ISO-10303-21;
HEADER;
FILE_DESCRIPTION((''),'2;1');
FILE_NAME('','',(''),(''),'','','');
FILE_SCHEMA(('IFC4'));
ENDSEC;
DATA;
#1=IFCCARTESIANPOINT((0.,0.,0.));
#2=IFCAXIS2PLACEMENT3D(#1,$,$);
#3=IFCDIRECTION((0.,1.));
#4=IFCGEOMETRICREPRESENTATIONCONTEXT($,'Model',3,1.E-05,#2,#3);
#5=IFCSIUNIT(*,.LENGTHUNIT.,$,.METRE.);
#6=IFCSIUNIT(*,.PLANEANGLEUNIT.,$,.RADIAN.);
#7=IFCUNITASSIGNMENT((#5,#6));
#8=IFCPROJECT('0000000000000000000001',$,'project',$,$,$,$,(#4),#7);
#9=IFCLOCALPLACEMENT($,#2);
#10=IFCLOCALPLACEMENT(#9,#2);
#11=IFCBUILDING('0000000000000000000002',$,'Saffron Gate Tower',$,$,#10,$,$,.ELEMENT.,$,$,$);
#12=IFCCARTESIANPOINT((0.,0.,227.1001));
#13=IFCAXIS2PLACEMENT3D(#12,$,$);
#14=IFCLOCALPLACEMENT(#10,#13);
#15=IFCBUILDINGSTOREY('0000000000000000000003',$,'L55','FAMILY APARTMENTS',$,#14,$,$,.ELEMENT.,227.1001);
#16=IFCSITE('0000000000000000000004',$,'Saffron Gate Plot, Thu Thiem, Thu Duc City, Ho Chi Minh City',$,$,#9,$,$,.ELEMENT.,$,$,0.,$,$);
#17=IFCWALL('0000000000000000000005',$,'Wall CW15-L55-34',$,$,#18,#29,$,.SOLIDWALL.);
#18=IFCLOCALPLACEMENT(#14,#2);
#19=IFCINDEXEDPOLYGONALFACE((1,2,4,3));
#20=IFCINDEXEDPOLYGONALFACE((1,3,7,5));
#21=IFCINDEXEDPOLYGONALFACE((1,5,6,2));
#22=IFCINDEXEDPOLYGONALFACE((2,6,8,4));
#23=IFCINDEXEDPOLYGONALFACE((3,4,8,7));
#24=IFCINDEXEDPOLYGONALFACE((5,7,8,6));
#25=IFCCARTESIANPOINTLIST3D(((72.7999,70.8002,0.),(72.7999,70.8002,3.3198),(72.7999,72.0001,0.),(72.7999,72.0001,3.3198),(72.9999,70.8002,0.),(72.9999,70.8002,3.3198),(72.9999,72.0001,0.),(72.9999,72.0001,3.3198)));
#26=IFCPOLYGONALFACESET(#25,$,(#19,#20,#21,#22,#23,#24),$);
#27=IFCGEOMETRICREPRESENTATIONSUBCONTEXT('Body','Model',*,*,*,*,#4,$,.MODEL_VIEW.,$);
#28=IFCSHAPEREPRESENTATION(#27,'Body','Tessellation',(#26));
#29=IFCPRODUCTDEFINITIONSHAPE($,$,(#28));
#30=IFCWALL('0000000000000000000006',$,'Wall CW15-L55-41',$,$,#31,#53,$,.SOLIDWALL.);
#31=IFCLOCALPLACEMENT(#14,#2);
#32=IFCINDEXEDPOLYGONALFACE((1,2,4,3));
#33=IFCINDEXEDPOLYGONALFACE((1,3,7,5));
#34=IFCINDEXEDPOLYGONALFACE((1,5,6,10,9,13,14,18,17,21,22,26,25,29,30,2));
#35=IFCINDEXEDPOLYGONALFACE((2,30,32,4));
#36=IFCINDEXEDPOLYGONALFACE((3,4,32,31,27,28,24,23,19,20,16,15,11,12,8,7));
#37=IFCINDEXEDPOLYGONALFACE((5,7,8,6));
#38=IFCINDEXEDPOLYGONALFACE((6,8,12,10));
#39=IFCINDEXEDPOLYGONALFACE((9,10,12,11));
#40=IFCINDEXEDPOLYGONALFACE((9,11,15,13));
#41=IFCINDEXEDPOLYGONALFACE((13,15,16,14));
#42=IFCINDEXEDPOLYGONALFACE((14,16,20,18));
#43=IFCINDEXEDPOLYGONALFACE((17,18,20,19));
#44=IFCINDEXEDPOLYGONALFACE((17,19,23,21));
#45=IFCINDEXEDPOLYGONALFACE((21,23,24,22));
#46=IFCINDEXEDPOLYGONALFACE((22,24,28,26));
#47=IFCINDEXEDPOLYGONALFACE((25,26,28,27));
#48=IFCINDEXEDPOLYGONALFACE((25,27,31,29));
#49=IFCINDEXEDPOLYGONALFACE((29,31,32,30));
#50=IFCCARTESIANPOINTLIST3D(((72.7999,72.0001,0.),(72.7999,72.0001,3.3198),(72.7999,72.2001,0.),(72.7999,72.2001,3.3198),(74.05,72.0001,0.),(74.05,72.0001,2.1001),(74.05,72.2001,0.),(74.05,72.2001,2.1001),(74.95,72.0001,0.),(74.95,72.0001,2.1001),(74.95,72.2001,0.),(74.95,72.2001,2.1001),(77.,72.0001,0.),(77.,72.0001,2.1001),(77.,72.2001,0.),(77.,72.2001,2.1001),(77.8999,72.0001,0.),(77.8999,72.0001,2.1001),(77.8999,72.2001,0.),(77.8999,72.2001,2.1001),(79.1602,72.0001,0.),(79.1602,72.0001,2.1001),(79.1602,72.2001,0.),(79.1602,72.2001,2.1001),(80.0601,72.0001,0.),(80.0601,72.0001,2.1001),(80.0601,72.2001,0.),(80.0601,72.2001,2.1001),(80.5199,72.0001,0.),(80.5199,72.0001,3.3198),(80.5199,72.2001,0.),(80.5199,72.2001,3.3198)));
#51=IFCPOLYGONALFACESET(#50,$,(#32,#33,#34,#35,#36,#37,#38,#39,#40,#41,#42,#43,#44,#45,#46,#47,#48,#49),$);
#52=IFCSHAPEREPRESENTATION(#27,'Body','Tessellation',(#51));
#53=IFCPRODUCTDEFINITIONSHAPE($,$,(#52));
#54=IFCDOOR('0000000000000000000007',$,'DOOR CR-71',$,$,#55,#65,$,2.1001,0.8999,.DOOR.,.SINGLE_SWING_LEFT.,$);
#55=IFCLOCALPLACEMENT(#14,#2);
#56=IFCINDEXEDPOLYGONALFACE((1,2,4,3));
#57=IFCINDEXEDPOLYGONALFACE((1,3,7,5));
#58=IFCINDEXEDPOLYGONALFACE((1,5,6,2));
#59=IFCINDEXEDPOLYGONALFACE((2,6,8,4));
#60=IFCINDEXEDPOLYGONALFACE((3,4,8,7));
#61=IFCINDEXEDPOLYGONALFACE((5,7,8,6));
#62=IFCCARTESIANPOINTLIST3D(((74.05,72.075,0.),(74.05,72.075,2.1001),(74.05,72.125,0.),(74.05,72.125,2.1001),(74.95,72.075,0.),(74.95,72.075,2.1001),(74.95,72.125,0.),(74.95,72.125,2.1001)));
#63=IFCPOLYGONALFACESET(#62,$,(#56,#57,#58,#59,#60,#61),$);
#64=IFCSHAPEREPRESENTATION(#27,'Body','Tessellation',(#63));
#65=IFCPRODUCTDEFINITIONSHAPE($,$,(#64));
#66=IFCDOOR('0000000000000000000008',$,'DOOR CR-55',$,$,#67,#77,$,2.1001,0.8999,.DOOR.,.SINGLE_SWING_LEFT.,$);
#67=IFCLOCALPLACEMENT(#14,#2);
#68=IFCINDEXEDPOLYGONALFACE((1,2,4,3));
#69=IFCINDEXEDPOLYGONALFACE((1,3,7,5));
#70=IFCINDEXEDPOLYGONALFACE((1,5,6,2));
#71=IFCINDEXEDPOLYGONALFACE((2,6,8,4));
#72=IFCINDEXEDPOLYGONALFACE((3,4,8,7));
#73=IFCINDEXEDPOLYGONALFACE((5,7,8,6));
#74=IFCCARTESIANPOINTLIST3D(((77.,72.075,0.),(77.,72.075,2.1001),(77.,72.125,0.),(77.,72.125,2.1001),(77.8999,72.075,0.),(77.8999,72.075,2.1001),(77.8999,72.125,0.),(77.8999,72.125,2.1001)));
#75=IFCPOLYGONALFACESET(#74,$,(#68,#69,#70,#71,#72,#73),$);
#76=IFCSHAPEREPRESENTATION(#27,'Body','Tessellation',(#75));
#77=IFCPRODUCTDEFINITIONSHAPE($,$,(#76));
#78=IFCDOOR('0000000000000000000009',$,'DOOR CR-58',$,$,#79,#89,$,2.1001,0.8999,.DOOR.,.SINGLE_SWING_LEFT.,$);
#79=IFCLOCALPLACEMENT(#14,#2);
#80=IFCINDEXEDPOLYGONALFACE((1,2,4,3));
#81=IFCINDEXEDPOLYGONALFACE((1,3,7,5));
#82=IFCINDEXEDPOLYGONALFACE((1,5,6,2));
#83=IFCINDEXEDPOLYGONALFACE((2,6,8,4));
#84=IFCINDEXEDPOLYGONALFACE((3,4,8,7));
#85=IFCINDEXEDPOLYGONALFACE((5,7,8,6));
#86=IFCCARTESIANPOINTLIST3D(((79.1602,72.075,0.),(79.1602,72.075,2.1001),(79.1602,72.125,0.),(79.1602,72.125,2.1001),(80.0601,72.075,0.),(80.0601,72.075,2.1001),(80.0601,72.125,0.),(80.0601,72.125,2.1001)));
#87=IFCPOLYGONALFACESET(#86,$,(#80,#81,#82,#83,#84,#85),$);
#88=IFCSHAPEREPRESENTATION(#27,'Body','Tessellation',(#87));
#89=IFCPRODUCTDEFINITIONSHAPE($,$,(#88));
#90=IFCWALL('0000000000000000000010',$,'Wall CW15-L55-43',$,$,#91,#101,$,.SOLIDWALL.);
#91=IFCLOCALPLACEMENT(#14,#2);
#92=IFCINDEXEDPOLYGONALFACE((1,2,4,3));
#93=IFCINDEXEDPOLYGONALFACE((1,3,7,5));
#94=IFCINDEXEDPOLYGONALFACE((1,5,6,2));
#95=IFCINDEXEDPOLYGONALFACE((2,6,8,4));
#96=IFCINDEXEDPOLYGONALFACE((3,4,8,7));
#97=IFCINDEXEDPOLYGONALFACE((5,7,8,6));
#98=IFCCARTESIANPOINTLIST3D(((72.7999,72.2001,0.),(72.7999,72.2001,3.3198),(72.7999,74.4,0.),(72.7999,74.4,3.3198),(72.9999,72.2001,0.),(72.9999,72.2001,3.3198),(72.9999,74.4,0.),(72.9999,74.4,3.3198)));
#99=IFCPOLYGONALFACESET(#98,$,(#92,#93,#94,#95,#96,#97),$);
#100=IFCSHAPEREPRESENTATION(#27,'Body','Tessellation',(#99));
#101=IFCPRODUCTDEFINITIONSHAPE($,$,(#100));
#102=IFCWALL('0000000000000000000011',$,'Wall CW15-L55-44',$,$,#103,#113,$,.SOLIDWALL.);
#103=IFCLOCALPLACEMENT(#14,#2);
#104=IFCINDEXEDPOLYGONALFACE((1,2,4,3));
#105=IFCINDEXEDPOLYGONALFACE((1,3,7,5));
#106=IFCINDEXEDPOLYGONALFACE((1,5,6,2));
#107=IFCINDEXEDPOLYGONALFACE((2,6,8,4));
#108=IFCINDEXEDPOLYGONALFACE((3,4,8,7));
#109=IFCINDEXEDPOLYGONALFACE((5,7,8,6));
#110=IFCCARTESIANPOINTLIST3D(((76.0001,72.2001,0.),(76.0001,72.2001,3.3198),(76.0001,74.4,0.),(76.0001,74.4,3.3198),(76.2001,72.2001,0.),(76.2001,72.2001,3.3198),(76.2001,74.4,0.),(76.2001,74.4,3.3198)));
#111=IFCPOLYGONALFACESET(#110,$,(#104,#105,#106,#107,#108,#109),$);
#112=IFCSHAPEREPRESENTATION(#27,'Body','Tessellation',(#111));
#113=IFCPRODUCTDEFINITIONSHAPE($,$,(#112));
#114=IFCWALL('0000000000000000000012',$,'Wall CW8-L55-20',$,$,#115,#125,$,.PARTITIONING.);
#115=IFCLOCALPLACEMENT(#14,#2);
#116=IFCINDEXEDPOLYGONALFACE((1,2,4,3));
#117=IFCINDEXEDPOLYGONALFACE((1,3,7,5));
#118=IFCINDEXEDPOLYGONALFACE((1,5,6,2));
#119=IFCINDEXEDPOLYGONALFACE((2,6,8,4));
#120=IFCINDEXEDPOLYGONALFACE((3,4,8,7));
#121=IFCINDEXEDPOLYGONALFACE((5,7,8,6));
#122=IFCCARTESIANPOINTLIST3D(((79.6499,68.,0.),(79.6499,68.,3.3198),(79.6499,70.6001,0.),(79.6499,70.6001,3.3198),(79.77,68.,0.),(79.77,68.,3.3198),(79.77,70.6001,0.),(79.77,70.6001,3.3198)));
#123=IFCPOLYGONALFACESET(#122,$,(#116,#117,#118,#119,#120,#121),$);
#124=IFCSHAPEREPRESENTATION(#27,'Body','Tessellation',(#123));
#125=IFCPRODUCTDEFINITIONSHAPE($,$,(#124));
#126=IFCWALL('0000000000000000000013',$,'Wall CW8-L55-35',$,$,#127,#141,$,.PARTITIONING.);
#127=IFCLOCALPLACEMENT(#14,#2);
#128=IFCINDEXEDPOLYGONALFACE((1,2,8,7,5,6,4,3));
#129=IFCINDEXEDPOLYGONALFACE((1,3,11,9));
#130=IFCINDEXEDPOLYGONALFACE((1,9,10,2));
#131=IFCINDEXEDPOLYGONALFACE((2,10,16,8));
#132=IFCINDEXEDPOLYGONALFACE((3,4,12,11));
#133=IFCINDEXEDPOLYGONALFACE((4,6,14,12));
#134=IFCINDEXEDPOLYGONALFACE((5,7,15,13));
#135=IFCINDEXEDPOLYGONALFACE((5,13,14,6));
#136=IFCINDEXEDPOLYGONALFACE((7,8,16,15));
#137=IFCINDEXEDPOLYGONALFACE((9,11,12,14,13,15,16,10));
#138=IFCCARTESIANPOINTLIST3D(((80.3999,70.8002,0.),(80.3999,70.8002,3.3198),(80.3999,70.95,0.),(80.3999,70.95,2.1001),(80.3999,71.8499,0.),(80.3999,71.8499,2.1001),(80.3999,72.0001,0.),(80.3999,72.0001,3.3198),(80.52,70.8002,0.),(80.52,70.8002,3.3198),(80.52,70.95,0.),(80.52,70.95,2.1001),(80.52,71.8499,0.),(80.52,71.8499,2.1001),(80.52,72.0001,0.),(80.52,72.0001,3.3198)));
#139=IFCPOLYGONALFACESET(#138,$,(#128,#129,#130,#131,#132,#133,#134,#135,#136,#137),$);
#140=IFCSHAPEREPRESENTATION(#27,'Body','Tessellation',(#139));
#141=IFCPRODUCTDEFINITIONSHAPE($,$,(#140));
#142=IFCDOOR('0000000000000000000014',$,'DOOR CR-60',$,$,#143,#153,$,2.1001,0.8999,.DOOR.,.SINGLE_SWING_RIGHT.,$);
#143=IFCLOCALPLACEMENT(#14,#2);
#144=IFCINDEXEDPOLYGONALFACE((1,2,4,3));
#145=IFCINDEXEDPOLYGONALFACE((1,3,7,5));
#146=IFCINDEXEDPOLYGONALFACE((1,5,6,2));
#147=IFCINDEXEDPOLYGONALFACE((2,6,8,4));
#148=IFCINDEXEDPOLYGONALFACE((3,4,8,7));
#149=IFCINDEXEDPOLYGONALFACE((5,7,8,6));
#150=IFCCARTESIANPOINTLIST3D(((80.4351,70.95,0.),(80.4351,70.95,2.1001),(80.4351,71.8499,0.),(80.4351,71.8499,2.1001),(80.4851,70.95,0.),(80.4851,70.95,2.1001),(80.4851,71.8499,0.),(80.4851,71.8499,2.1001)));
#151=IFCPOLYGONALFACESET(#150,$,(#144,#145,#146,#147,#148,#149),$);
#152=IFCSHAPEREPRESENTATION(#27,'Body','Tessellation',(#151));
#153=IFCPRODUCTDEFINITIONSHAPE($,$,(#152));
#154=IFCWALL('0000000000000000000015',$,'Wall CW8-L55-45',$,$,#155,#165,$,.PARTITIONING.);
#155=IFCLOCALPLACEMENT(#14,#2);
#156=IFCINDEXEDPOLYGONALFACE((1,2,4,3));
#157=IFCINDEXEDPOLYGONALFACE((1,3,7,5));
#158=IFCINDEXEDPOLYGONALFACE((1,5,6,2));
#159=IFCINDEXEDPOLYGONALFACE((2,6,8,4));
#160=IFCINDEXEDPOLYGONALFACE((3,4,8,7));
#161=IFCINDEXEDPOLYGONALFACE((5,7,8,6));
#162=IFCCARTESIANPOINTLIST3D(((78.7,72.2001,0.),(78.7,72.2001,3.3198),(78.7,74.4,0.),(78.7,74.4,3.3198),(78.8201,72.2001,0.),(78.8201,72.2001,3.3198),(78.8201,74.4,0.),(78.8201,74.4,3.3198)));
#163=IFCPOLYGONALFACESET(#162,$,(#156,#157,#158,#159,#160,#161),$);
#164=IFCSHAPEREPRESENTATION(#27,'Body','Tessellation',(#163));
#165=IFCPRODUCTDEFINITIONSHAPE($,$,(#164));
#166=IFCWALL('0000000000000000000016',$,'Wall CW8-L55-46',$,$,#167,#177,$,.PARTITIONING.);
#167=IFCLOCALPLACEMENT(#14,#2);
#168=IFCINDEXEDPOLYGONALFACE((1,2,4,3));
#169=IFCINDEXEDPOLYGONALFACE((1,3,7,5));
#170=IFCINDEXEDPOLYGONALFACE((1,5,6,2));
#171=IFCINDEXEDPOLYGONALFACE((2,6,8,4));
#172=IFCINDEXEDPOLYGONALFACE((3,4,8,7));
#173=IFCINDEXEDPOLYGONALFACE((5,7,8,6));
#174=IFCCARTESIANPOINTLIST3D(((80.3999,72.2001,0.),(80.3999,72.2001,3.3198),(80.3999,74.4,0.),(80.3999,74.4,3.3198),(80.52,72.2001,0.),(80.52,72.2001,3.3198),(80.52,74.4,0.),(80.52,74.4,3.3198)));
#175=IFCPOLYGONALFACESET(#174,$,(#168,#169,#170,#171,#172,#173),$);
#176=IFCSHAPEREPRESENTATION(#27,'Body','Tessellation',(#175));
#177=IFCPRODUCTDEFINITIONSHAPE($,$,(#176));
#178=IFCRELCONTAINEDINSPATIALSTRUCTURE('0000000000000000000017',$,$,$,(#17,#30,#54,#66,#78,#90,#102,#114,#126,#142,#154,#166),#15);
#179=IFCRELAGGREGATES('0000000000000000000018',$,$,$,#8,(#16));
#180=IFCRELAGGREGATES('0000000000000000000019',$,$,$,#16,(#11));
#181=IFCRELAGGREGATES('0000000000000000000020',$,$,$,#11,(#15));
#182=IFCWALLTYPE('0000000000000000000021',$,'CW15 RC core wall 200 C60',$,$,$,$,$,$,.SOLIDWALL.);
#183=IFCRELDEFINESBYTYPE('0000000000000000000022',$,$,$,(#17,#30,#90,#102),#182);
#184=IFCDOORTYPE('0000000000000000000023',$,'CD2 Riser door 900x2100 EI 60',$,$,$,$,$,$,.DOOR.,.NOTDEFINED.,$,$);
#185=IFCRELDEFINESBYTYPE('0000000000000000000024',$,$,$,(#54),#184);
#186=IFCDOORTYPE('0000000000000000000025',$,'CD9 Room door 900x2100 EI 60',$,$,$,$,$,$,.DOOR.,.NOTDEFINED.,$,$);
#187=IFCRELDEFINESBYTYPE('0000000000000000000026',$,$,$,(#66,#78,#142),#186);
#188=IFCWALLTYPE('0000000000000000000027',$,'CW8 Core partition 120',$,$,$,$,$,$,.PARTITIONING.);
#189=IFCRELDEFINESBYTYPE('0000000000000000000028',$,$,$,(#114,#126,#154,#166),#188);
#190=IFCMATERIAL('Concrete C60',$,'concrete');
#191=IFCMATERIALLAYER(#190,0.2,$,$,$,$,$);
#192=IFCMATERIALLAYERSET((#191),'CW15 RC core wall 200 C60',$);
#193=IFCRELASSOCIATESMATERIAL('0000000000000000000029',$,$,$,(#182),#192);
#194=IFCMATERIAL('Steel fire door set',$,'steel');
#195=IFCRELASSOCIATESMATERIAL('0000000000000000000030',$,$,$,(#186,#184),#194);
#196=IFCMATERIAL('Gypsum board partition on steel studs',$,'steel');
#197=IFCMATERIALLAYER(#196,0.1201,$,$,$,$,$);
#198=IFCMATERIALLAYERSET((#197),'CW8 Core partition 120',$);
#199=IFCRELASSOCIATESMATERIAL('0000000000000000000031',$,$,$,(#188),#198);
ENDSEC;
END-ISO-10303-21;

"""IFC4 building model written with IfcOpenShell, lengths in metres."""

from ifc_helpers import new_model, si_unit, direction, frame, frame_2d, origin, place, context, subcontext, project, spatial, rectangle, extrude, material, layer, layer_set, type_object, element, fill, save


model = new_model("IFC4")

# Units and contexts
model_context = context("Model", 3, precision=1e-05, world=origin(), true_north=direction((0.0, 1.0)))
body_context = subcontext(model_context, "Body", "Model", "MODEL_VIEW")
ifc_project = project(units=[si_unit("LENGTHUNIT", "METRE"), si_unit("PLANEANGLEUNIT", "RADIAN")], contexts=[model_context])

# Site, building, storey
site_placement = place(None, origin())
site = spatial("IfcSite", under=ifc_project, at=site_placement, Name="Saffron Gate Plot, Thu Thiem, Thu Duc City, Ho Chi Minh City", CompositionType="ELEMENT", RefElevation=0.0)
building_placement = place(site_placement, origin())
building = spatial("IfcBuilding", under=site, at=building_placement, Name="Saffron Gate Tower", CompositionType="ELEMENT")
storey_placement = place(building_placement, frame((0.0, 0.0, 227.1001)))
storey = spatial("IfcBuildingStorey", under=building, at=storey_placement, Name="L55", Description="FAMILY APARTMENTS", CompositionType="ELEMENT", Elevation=227.1001)

# Shared definitions
ifc_material_1 = material(Name="Concrete C60", Category="concrete")

# Shared definitions
ifc_layer_1 = layer(ifc_material_1, 0.2)
ifc_layer_set_1 = layer_set([ifc_layer_1], Name="CW15 RC core wall 200 C60")
wall_type_1 = type_object("IfcWallType", Name="CW15 RC core wall 200 C60", PredefinedType="SOLIDWALL", material=ifc_layer_set_1)
ifc_material_2 = material(Name="Steel fire door set", Category="steel")
door_type_1 = type_object("IfcDoorType", Name="CD9 Room door 900x2100 EI 60", OperationType="NOTDEFINED", PredefinedType="DOOR", material=ifc_material_2)

# Wall
wall_1_placement = place(storey_placement, frame((72.8999, 70.8, 0.0), z_axis=(0.0, 0.0, 1.0), x_axis=(0.0, 1.0, 0.0)))
element("IfcWall", 1, at=wall_1_placement, inside=storey, type_object=wall_type_1, Name="Wall CW15-L55-34", PredefinedType="SOLIDWALL", context=body_context, shape_type="SweptSolid", body=[
    extrude(rectangle(XDim=1.2, YDim=0.2, at=frame_2d((0.6001, 0.0))), origin(), (0.0, 0.0, 1.0), 3.3198),
])

# Wall, openings, doors
wall_2_placement = place(storey_placement, frame((72.8, 72.1001, 0.0), z_axis=(0.0, 0.0, 1.0), x_axis=(1.0, 0.0, 0.0)))
wall_2 = element("IfcWall", 2, at=wall_2_placement, inside=storey, type_object=wall_type_1, Name="Wall CW15-L55-41", PredefinedType="SOLIDWALL", context=body_context, shape_type="SweptSolid", body=[
    extrude(rectangle(XDim=7.72, YDim=0.2, at=frame_2d((3.8599, 0.0))), origin(), (0.0, 0.0, 1.0), 3.3198),
])
opening_1_placement = place(wall_2_placement, frame((1.25, 0.0, 0.0)))
opening_1 = element("IfcOpeningElement", 3, at=opening_1_placement, cuts=wall_2, PredefinedType="OPENING", context=body_context, shape_type="SweptSolid", body=[
    extrude(rectangle(XDim=0.8999, YDim=2.1001, at=frame_2d((0.45, 1.05))), frame((0.0, 0.1099, 0.0), z_axis=(0.0, -1.0, 0.0), x_axis=(1.0, 0.0, 0.0)), (0.0, 0.0, 1.0), 0.22),
])
opening_2_placement = place(wall_2_placement, frame((4.2, 0.0, 0.0)))
opening_2 = element("IfcOpeningElement", 4, at=opening_2_placement, cuts=wall_2, PredefinedType="OPENING", context=body_context, shape_type="SweptSolid", body=[
    extrude(rectangle(XDim=0.8999, YDim=2.1001, at=frame_2d((0.45, 1.05))), frame((0.0, 0.1099, 0.0), z_axis=(0.0, -1.0, 0.0), x_axis=(1.0, 0.0, 0.0)), (0.0, 0.0, 1.0), 0.22),
])
opening_3_placement = place(wall_2_placement, frame((6.3601, 0.0, 0.0)))
opening_3 = element("IfcOpeningElement", 5, at=opening_3_placement, cuts=wall_2, PredefinedType="OPENING", context=body_context, shape_type="SweptSolid", body=[
    extrude(rectangle(XDim=0.8999, YDim=2.1001, at=frame_2d((0.45, 1.05))), frame((0.0, 0.1099, 0.0), z_axis=(0.0, -1.0, 0.0), x_axis=(1.0, 0.0, 0.0)), (0.0, 0.0, 1.0), 0.22),
])
door_type_2 = type_object("IfcDoorType", Name="CD2 Riser door 900x2100 EI 60", OperationType="NOTDEFINED", PredefinedType="DOOR", material=ifc_material_2)
door_1_placement = place(opening_1_placement, origin())
door_1 = element("IfcDoor", 6, at=door_1_placement, inside=storey, type_object=door_type_2, Name="DOOR CR-71", OperationType="SINGLE_SWING_LEFT", OverallHeight=2.1001, OverallWidth=0.8999, PredefinedType="DOOR", context=body_context, shape_type="SweptSolid", body=[
    extrude(rectangle(XDim=0.8999, YDim=2.1001, at=frame_2d((0.45, 1.05))), frame((0.0, 0.0249, 0.0), z_axis=(0.0, -1.0, 0.0), x_axis=(1.0, 0.0, 0.0)), (0.0, 0.0, 1.0), 0.05),
])
fill(opening_1, door_1)
door_2_placement = place(opening_2_placement, origin())
door_2 = element("IfcDoor", 7, at=door_2_placement, inside=storey, type_object=door_type_1, Name="DOOR CR-55", OperationType="SINGLE_SWING_LEFT", OverallHeight=2.1001, OverallWidth=0.8999, PredefinedType="DOOR", context=body_context, shape_type="SweptSolid", body=[
    extrude(rectangle(XDim=0.8999, YDim=2.1001, at=frame_2d((0.45, 1.05))), frame((0.0, 0.0249, 0.0), z_axis=(0.0, -1.0, 0.0), x_axis=(1.0, 0.0, 0.0)), (0.0, 0.0, 1.0), 0.05),
])
fill(opening_2, door_2)
door_3_placement = place(opening_3_placement, origin())
door_3 = element("IfcDoor", 8, at=door_3_placement, inside=storey, type_object=door_type_1, Name="DOOR CR-58", OperationType="SINGLE_SWING_LEFT", OverallHeight=2.1001, OverallWidth=0.8999, PredefinedType="DOOR", context=body_context, shape_type="SweptSolid", body=[
    extrude(rectangle(XDim=0.8999, YDim=2.1001, at=frame_2d((0.45, 1.05))), frame((0.0, 0.0249, 0.0), z_axis=(0.0, -1.0, 0.0), x_axis=(1.0, 0.0, 0.0)), (0.0, 0.0, 1.0), 0.05),
])
fill(opening_3, door_3)

# Walls
for number, where, z_axis, x_axis, name in (
    (9, (72.8999, 72.2, 0.0), (0.0, 0.0, 1.0), (0.0, 1.0, 0.0), "Wall CW15-L55-43"),
    (10, (76.1001, 72.2, 0.0), (0.0, 0.0, 1.0), (0.0, 1.0, 0.0), "Wall CW15-L55-44"),
):
    element("IfcWall", number, at=place(storey_placement, frame(where, z_axis=z_axis, x_axis=x_axis)), inside=storey, type_object=wall_type_1, Name=name, PredefinedType="SOLIDWALL", context=body_context, shape_type="SweptSolid", body=[
        extrude(rectangle(XDim=2.2, YDim=0.2, at=frame_2d((1.1001, 0.0))), origin(), (0.0, 0.0, 1.0), 3.3198),
    ])
ifc_material_3 = material(Name="Gypsum board partition on steel studs", Category="steel")
ifc_layer_2 = layer(ifc_material_3, 0.1201)
ifc_layer_set_2 = layer_set([ifc_layer_2], Name="CW8 Core partition 120")
wall_type_2 = type_object("IfcWallType", Name="CW8 Core partition 120", PredefinedType="PARTITIONING", material=ifc_layer_set_2)
wall_3_placement = place(storey_placement, frame((79.71, 68.0, 0.0), z_axis=(0.0, 0.0, 1.0), x_axis=(0.0, 1.0, 0.0)))
element("IfcWall", 11, at=wall_3_placement, inside=storey, type_object=wall_type_2, Name="Wall CW8-L55-20", PredefinedType="PARTITIONING", context=body_context, shape_type="SweptSolid", body=[
    extrude(rectangle(XDim=2.6001, YDim=0.1201, at=frame_2d((1.3, 0.0))), origin(), (0.0, 0.0, 1.0), 3.3198),
])

# Wall, opening, door
wall_4_placement = place(storey_placement, frame((80.46, 70.8, 0.0), z_axis=(0.0, 0.0, 1.0), x_axis=(0.0, 1.0, 0.0)))
wall_4 = element("IfcWall", 12, at=wall_4_placement, inside=storey, type_object=wall_type_2, Name="Wall CW8-L55-35", PredefinedType="PARTITIONING", context=body_context, shape_type="SweptSolid", body=[
    extrude(rectangle(XDim=1.2, YDim=0.1201, at=frame_2d((0.6001, 0.0))), origin(), (0.0, 0.0, 1.0), 3.3198),
])
opening_4_placement = place(wall_4_placement, frame((0.1499, 0.0, 0.0)))
opening_4 = element("IfcOpeningElement", 13, at=opening_4_placement, cuts=wall_4, PredefinedType="OPENING", context=body_context, shape_type="SweptSolid", body=[
    extrude(rectangle(XDim=0.8999, YDim=2.1001, at=frame_2d((0.45, 1.05))), frame((0.0, 0.0701, 0.0), z_axis=(0.0, -1.0, 0.0), x_axis=(1.0, 0.0, 0.0)), (0.0, 0.0, 1.0), 0.1401),
])
door_4_placement = place(opening_4_placement, origin())
door_4 = element("IfcDoor", 14, at=door_4_placement, inside=storey, type_object=door_type_1, Name="DOOR CR-60", OperationType="SINGLE_SWING_RIGHT", OverallHeight=2.1001, OverallWidth=0.8999, PredefinedType="DOOR", context=body_context, shape_type="SweptSolid", body=[
    extrude(rectangle(XDim=0.8999, YDim=2.1001, at=frame_2d((0.45, 1.05))), frame((0.0, 0.0249, 0.0), z_axis=(0.0, -1.0, 0.0), x_axis=(1.0, 0.0, 0.0)), (0.0, 0.0, 1.0), 0.05),
])
fill(opening_4, door_4)

# Walls
for number, where, z_axis, x_axis, name in (
    (15, (78.76, 72.2, 0.0), (0.0, 0.0, 1.0), (0.0, 1.0, 0.0), "Wall CW8-L55-45"),
    (16, (80.46, 72.2, 0.0), (0.0, 0.0, 1.0), (0.0, 1.0, 0.0), "Wall CW8-L55-46"),
):
    element("IfcWall", number, at=place(storey_placement, frame(where, z_axis=z_axis, x_axis=x_axis)), inside=storey, type_object=wall_type_2, Name=name, PredefinedType="PARTITIONING", context=body_context, shape_type="SweptSolid", body=[
        extrude(rectangle(XDim=2.2, YDim=0.1201, at=frame_2d((1.1001, 0.0))), origin(), (0.0, 0.0, 1.0), 3.3198),
    ])

save(model, "model.ifc")
